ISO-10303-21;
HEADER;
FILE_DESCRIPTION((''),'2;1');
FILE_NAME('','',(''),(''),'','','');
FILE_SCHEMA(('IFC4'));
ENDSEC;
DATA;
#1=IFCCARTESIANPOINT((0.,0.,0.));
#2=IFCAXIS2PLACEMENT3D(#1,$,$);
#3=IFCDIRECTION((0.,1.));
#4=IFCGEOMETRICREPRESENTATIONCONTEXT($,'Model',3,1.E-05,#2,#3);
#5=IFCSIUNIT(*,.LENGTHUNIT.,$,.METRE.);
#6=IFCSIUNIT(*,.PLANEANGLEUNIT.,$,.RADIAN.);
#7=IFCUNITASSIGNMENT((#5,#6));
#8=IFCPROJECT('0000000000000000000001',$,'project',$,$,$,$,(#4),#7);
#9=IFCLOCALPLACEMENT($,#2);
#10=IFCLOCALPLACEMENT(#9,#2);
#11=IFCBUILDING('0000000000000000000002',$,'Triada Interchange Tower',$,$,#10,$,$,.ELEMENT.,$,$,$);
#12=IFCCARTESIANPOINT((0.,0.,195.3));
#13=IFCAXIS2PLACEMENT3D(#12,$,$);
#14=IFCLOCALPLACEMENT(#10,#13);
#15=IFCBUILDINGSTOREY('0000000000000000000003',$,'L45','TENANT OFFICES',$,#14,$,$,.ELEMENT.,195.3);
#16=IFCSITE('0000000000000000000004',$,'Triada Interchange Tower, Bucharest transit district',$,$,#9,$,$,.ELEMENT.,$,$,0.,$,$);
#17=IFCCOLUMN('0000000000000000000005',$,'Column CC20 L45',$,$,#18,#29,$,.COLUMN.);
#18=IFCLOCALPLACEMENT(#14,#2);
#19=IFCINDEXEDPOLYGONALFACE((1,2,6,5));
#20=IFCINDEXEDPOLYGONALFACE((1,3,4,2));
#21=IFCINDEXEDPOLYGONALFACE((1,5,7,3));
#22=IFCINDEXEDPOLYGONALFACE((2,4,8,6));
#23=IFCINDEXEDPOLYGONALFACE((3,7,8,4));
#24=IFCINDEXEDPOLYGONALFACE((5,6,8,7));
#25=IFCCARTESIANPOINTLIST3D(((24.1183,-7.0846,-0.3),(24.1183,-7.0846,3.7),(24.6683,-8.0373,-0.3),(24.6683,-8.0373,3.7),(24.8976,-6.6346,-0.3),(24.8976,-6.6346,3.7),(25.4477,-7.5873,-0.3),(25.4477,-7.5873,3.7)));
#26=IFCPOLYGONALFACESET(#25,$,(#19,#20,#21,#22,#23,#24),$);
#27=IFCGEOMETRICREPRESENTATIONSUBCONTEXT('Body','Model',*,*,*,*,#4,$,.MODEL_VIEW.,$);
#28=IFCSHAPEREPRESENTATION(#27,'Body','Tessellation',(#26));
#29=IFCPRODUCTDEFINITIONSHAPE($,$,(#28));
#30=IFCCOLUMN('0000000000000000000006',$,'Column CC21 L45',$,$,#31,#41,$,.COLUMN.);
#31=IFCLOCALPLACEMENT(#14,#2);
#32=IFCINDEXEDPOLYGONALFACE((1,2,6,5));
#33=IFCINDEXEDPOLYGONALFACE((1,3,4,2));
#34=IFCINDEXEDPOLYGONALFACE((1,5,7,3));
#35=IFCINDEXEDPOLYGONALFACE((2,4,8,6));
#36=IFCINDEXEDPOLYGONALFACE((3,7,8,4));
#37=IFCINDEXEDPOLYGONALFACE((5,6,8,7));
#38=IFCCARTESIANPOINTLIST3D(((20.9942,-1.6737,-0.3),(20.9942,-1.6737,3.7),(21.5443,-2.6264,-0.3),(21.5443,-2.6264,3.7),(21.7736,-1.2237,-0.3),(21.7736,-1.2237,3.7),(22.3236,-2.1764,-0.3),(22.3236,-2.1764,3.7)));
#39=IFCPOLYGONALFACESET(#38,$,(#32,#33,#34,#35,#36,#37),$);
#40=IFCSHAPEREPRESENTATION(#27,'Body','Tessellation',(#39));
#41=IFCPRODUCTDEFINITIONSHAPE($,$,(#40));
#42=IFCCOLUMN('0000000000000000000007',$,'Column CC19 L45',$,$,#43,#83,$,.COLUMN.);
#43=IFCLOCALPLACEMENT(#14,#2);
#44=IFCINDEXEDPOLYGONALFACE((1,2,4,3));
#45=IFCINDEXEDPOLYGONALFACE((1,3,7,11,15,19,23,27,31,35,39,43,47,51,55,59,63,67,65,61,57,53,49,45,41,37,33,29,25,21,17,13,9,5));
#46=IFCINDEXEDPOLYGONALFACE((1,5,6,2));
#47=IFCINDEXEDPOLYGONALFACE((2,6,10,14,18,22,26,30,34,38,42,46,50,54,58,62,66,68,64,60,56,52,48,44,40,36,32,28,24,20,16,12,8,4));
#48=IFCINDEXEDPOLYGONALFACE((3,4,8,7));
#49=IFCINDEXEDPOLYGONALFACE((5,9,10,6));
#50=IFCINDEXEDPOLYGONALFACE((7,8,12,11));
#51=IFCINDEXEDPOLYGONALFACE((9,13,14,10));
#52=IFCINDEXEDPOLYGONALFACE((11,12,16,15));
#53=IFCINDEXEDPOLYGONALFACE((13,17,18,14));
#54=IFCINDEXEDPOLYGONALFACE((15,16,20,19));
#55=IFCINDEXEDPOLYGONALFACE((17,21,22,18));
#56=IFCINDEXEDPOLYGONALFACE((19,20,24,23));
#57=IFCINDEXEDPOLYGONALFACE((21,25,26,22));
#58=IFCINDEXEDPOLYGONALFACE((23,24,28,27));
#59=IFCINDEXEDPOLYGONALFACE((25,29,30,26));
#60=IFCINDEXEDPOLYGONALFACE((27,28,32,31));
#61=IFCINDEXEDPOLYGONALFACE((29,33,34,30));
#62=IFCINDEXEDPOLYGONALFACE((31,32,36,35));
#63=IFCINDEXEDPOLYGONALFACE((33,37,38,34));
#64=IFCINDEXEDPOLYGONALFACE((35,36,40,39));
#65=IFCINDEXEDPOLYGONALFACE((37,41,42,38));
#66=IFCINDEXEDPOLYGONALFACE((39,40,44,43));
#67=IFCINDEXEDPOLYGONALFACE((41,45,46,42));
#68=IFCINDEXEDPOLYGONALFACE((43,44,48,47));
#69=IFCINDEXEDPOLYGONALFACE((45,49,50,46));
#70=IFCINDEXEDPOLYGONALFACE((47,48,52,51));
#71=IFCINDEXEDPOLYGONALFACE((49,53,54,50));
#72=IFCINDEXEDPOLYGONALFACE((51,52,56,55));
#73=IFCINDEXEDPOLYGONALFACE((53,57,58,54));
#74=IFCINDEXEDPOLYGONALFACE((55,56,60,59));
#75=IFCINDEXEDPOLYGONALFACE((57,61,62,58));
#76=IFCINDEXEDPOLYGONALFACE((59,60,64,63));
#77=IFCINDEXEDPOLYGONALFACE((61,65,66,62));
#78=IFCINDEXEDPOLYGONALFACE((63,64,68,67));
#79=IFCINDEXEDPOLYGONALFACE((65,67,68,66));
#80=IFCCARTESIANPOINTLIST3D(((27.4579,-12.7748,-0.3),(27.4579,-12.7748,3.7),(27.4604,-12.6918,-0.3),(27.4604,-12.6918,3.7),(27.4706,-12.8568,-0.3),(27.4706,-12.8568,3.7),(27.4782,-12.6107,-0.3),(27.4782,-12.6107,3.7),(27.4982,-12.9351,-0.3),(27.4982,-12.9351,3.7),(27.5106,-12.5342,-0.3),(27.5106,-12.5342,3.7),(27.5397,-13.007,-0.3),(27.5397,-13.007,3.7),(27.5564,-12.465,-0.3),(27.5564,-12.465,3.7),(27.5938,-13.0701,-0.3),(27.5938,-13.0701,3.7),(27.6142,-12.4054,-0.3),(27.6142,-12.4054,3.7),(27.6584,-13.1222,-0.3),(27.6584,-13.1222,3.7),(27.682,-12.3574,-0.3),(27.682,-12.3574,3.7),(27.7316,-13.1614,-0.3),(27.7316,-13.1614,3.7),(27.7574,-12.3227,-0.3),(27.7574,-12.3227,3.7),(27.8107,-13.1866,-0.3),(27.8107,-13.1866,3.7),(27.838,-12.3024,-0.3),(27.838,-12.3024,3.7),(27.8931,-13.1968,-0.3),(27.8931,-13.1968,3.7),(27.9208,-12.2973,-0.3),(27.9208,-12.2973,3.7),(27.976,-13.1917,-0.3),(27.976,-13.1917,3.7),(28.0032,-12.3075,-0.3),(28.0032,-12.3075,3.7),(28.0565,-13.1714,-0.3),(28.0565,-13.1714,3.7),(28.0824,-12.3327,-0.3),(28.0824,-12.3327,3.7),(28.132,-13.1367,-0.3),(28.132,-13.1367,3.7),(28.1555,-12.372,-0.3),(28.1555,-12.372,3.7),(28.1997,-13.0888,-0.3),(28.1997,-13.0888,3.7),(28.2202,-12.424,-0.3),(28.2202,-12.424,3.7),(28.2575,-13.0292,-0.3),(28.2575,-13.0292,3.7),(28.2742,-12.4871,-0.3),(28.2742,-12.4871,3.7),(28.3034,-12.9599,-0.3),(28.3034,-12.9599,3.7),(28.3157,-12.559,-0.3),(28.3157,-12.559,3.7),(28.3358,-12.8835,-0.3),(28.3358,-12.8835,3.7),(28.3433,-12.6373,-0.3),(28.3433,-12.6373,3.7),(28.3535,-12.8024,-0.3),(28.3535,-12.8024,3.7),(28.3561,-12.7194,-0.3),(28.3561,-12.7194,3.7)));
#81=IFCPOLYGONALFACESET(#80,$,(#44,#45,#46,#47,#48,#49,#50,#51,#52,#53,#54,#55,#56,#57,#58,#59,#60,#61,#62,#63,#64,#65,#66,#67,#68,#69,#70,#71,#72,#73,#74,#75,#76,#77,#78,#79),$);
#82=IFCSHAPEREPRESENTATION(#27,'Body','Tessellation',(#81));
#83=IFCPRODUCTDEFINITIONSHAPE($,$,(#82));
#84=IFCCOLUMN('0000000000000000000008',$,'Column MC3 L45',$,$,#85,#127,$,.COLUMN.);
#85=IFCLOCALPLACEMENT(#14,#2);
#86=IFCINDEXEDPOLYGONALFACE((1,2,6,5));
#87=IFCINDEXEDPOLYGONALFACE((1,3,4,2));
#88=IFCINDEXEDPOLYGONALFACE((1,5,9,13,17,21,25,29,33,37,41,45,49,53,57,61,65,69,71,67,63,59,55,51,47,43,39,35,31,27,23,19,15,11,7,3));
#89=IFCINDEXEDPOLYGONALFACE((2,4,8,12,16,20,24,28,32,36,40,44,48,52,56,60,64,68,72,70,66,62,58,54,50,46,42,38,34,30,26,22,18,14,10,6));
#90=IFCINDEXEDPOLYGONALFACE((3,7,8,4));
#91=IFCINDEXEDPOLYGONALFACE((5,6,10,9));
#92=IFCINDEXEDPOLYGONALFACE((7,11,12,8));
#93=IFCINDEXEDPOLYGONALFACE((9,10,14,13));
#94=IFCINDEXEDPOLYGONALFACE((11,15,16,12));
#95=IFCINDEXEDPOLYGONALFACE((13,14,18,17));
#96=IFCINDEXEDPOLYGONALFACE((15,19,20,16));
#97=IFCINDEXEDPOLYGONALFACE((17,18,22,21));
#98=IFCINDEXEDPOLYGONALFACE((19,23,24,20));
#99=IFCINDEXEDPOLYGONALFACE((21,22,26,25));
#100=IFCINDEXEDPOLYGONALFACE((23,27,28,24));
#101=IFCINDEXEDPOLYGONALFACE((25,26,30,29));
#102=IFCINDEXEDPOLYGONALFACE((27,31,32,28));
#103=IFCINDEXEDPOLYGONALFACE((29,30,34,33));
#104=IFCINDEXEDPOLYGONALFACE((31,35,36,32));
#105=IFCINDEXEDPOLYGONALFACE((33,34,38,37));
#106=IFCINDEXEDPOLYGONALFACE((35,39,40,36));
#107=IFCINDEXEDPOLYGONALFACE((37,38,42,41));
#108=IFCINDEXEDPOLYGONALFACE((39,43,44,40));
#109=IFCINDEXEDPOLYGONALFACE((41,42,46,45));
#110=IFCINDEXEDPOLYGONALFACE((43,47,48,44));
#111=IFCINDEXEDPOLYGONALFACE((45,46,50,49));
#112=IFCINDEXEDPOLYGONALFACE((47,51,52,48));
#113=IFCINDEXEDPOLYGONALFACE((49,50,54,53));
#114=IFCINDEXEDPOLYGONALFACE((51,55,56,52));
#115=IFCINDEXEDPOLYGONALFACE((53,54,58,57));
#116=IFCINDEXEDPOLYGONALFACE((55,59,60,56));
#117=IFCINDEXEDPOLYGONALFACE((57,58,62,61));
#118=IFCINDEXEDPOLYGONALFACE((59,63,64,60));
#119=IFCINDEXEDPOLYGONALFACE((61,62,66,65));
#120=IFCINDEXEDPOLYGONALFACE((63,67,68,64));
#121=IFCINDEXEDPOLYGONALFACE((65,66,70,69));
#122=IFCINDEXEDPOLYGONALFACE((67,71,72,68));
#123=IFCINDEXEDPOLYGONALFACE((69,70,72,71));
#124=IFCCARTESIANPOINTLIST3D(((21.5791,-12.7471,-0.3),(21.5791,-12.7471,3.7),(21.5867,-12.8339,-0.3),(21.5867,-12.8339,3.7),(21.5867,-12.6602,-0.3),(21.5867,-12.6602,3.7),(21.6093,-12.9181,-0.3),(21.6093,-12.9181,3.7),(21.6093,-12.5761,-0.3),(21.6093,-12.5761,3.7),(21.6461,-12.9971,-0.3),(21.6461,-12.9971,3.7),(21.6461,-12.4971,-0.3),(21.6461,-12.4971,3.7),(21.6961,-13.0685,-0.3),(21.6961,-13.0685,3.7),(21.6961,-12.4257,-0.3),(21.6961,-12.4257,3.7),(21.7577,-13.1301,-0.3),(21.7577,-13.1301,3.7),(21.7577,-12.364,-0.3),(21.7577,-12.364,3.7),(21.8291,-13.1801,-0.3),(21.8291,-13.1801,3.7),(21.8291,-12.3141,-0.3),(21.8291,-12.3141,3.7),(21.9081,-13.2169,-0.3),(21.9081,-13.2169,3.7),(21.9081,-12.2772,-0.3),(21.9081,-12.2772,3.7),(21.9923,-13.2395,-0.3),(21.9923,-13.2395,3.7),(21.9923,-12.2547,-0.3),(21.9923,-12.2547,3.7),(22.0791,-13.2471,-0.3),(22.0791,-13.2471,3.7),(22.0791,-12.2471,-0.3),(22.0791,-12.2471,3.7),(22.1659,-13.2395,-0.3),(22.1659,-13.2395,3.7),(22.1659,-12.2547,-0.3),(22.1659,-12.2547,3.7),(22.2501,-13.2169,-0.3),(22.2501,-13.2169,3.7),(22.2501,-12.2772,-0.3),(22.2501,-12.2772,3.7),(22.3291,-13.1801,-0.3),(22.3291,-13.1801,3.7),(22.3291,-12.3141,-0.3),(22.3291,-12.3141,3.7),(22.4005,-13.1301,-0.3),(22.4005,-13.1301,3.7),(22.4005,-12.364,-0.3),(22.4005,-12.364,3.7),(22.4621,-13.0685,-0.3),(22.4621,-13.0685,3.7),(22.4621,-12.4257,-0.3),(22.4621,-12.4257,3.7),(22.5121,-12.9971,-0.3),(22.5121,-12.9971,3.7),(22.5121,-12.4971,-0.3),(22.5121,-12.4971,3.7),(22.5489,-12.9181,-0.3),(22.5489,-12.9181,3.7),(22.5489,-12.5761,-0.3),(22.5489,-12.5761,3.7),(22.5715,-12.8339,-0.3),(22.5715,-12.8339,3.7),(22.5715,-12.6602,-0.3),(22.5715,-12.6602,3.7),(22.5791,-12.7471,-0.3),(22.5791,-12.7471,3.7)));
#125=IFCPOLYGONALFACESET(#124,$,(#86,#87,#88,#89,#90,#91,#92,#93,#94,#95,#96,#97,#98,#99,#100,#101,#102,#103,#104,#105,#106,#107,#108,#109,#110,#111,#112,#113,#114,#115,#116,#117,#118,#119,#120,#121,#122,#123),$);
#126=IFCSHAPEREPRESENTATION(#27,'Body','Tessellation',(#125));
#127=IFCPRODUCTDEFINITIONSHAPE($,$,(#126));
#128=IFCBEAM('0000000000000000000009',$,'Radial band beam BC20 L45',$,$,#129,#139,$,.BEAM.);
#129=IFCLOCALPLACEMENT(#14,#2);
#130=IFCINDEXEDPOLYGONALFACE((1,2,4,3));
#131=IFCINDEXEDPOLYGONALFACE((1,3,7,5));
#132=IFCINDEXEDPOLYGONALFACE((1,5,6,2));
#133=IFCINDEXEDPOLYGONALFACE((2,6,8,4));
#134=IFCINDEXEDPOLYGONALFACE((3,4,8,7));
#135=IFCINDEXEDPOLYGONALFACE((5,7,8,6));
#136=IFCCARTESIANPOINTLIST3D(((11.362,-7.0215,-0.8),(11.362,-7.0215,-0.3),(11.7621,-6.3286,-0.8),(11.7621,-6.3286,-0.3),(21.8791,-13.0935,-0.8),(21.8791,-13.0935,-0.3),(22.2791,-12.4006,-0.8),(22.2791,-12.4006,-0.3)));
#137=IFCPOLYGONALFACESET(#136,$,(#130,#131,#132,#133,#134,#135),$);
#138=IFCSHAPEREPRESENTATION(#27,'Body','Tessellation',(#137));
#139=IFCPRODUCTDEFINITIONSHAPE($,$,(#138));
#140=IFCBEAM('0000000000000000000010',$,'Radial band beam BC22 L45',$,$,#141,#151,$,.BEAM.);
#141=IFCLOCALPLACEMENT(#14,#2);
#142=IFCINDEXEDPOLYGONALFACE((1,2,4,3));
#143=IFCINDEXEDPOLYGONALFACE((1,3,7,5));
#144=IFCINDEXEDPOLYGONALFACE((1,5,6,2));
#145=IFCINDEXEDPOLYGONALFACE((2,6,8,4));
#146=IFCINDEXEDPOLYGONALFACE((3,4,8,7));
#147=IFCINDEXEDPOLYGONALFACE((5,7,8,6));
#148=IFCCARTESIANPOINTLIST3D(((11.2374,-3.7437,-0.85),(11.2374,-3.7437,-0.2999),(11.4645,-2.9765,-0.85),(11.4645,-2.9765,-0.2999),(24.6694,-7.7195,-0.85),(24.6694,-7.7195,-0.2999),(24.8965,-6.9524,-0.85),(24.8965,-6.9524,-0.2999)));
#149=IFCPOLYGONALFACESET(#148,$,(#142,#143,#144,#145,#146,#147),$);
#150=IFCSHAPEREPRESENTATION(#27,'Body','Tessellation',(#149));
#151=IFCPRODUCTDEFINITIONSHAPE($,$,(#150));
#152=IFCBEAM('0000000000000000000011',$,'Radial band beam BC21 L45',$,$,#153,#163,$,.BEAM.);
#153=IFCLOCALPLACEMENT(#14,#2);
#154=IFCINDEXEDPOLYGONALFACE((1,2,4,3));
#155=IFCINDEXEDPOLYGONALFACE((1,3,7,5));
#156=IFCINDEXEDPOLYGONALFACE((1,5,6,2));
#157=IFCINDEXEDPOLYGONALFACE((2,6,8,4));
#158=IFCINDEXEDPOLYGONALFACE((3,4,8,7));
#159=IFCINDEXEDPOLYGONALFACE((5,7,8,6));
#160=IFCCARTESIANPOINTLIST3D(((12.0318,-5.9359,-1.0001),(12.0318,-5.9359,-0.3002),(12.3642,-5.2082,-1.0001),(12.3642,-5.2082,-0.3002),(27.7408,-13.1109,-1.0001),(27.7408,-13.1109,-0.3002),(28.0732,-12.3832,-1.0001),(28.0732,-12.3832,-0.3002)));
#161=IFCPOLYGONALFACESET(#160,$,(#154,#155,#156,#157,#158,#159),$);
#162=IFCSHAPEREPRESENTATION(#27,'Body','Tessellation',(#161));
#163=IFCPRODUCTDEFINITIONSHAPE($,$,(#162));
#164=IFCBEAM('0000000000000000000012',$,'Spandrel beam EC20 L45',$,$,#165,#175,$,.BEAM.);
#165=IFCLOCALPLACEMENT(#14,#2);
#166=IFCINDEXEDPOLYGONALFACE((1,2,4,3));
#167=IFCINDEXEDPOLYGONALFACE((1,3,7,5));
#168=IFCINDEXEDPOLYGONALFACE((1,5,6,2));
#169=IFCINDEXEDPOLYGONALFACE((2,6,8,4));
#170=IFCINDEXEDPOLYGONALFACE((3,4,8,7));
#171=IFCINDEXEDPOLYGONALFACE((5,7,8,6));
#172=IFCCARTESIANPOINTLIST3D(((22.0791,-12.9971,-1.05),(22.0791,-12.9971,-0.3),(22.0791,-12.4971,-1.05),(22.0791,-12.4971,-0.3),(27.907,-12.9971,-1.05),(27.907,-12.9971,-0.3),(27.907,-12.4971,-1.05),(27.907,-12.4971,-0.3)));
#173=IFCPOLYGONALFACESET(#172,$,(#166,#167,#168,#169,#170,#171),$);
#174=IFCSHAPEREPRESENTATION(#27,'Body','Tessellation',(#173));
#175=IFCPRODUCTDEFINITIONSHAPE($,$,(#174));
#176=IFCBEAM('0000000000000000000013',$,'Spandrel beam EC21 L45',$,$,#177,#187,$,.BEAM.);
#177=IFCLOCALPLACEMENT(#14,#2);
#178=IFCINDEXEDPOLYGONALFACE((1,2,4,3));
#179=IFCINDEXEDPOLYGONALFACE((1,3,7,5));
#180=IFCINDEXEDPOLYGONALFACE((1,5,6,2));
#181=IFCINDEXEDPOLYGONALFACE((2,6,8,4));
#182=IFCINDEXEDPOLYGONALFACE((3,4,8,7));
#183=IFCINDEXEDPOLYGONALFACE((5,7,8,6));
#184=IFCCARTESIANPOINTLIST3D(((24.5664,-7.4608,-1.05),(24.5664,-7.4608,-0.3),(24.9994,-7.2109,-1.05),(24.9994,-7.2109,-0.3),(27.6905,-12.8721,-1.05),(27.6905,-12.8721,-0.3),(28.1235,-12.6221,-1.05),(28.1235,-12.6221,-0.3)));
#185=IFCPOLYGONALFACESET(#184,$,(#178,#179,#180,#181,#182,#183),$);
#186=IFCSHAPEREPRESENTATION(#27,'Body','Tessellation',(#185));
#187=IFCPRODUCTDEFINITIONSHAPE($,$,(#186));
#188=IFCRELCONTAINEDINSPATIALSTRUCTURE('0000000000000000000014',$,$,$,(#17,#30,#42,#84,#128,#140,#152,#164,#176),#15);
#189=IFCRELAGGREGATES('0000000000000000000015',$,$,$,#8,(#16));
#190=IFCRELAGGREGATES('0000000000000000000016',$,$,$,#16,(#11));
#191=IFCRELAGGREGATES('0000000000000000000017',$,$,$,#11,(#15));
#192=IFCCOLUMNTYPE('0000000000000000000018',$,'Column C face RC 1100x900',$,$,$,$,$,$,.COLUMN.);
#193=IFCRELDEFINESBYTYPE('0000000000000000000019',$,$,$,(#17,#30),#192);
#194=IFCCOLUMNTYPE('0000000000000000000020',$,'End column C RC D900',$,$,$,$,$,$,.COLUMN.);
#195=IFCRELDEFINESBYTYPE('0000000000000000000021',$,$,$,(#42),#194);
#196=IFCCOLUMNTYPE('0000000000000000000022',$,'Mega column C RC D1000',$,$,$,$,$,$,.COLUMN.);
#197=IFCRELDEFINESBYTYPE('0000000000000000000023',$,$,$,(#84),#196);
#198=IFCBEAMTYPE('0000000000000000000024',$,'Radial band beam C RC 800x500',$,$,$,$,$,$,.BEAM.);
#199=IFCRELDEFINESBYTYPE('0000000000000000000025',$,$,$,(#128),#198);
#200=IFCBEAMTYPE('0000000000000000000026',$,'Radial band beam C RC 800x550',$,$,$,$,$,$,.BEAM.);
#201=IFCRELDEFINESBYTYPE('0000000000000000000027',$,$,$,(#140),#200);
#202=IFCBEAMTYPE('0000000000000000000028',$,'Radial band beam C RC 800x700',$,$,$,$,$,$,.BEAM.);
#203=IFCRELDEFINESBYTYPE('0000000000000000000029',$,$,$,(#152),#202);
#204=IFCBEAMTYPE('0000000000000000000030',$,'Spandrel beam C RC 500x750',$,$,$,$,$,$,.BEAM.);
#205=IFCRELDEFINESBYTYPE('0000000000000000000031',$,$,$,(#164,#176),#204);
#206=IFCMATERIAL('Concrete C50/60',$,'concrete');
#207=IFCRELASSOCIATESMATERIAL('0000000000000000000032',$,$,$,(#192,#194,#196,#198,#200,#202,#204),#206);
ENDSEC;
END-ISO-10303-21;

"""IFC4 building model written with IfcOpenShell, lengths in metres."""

from ifc_helpers import new_model, si_unit, direction, frame, origin, origin_2d, place, context, subcontext, project, spatial, rectangle, circle, extrude, material, material_profile, profile_set, type_object, element, save


model = new_model("IFC4")

# Units and contexts
model_context = context("Model", 3, precision=1e-05, world=origin(), true_north=direction((0.0, 1.0)))
body_context = subcontext(model_context, "Body", "Model", "MODEL_VIEW")
ifc_project = project(units=[si_unit("LENGTHUNIT", "METRE"), si_unit("PLANEANGLEUNIT", "RADIAN")], contexts=[model_context])

# Site, building, storey
site_placement = place(None, origin())
site = spatial("IfcSite", under=ifc_project, at=site_placement, Name="Triada Interchange Tower, Bucharest transit district", CompositionType="ELEMENT", RefElevation=0.0)
building_placement = place(site_placement, origin())
building = spatial("IfcBuilding", under=site, at=building_placement, Name="Triada Interchange Tower", CompositionType="ELEMENT")
storey_placement = place(building_placement, frame((0.0, 0.0, 195.3)))
storey = spatial("IfcBuildingStorey", under=building, at=storey_placement, Name="L45", Description="TENANT OFFICES", CompositionType="ELEMENT", Elevation=195.3)

# Columns
ifc_material_1 = material(Name="Concrete C50/60", Category="concrete")
ifc_material_profile_1 = material_profile(ifc_material_1, rectangle(XDim=1.1001, YDim=0.8999, at=origin_2d()), Name="RC 1100x900")
ifc_profile_set_1 = profile_set([ifc_material_profile_1], Name="Concrete C50/60")
column_type_1 = type_object("IfcColumnType", Name="Column C face RC 1100x900", PredefinedType="COLUMN", material=ifc_profile_set_1)
for number, where, z_axis, x_axis, name in (
    (1, (24.783, -7.3359, -0.3), (0.0, 0.0, 1.0), (-0.5, 0.866025, 0.0), "Column CC20 L45"),
    (2, (21.6589, -1.925, -0.3), (0.0, 0.0, 1.0), (-0.5, 0.866025, 0.0), "Column CC21 L45"),
):
    element("IfcColumn", number, at=place(storey_placement, frame(where, z_axis=z_axis, x_axis=x_axis)), inside=storey, type_object=column_type_1, Name=name, PredefinedType="COLUMN", context=body_context, shape_type="SweptSolid", body=[
        extrude(rectangle(XDim=1.1001, YDim=0.8999, at=origin_2d()), origin(), (0.0, 0.0, 1.0), 4.0),
    ])
ifc_material_profile_2 = material_profile(ifc_material_1, circle(Radius=0.45, at=origin_2d()), Name="RC D900")
ifc_profile_set_2 = profile_set([ifc_material_profile_2], Name="Concrete C50/60")
column_type_2 = type_object("IfcColumnType", Name="End column C RC D900", PredefinedType="COLUMN", material=ifc_profile_set_2)
column_1_placement = place(storey_placement, frame((27.907, -12.7471, -0.3), z_axis=(0.0, 0.0, 1.0), x_axis=(-0.5, 0.866025, 0.0)))
element("IfcColumn", 3, at=column_1_placement, inside=storey, type_object=column_type_2, Name="Column CC19 L45", PredefinedType="COLUMN", context=body_context, shape_type="SweptSolid", body=[
    extrude(circle(Radius=0.45, at=origin_2d()), origin(), (0.0, 0.0, 1.0), 4.0),
])
ifc_material_profile_3 = material_profile(ifc_material_1, circle(Radius=0.5, at=origin_2d()), Name="RC D1000")
ifc_profile_set_3 = profile_set([ifc_material_profile_3], Name="Concrete C50/60")
column_type_3 = type_object("IfcColumnType", Name="Mega column C RC D1000", PredefinedType="COLUMN", material=ifc_profile_set_3)
column_2_placement = place(storey_placement, frame((22.0791, -12.7471, -0.3), z_axis=(0.0, 0.0, 1.0), x_axis=(1.0, 0.0, 0.0)))
element("IfcColumn", 4, at=column_2_placement, inside=storey, type_object=column_type_3, Name="Column MC3 L45", PredefinedType="COLUMN", context=body_context, shape_type="SweptSolid", body=[
    extrude(circle(Radius=0.5, at=origin_2d()), origin(), (0.0, 0.0, 1.0), 4.0),
])

# Beams
ifc_material_profile_4 = material_profile(ifc_material_1, rectangle(XDim=0.8, YDim=0.5, at=origin_2d()), Name="RC 800x500")
ifc_profile_set_4 = profile_set([ifc_material_profile_4], Name="Concrete C50/60")
beam_type_1 = type_object("IfcBeamType", Name="Radial band beam C RC 800x500", PredefinedType="BEAM", material=ifc_profile_set_4)
beam_1_placement = place(storey_placement, frame((22.0791, -12.7471, -0.55), z_axis=(-0.866026, 0.499999, 0.0), x_axis=(-0.499999, -0.866026, 0.0)))
element("IfcBeam", 5, at=beam_1_placement, inside=storey, type_object=beam_type_1, Name="Radial band beam BC20 L45", PredefinedType="BEAM", context=body_context, shape_type="SweptSolid", body=[
    extrude(rectangle(XDim=0.8, YDim=0.5, at=origin_2d()), origin(), (0.0, 0.0, 1.0), 12.144),
])
ifc_material_profile_5 = material_profile(ifc_material_1, rectangle(XDim=0.8, YDim=0.55, at=origin_2d()), Name="RC 800x550")
ifc_profile_set_5 = profile_set([ifc_material_profile_5], Name="Concrete C50/60")
beam_type_2 = type_object("IfcBeamType", Name="Radial band beam C RC 800x550", PredefinedType="BEAM", material=ifc_profile_set_5)
beam_2_placement = place(storey_placement, frame((24.783, -7.3359, -0.575), z_axis=(-0.958876, 0.283827, 0.0), x_axis=(-0.283827, -0.958876, 0.0)))
element("IfcBeam", 6, at=beam_2_placement, inside=storey, type_object=beam_type_2, Name="Radial band beam BC22 L45", PredefinedType="BEAM", context=body_context, shape_type="SweptSolid", body=[
    extrude(rectangle(XDim=0.8, YDim=0.55, at=origin_2d()), origin(), (0.0, 0.0, 1.0), 14.0081),
])
ifc_material_profile_6 = material_profile(ifc_material_1, rectangle(XDim=0.8, YDim=0.7, at=origin_2d()), Name="RC 800x700")
ifc_profile_set_6 = profile_set([ifc_material_profile_6], Name="Concrete C50/60")
beam_type_3 = type_object("IfcBeamType", Name="Radial band beam C RC 800x700", PredefinedType="BEAM", material=ifc_profile_set_6)
beam_3_placement = place(storey_placement, frame((27.907, -12.7471, -0.6501), z_axis=(-0.90961, 0.415463, 0.0), x_axis=(-0.415463, -0.90961, 0.0)))
element("IfcBeam", 7, at=beam_3_placement, inside=storey, type_object=beam_type_3, Name="Radial band beam BC21 L45", PredefinedType="BEAM", context=body_context, shape_type="SweptSolid", body=[
    extrude(rectangle(XDim=0.8, YDim=0.7, at=origin_2d()), origin(), (0.0, 0.0, 1.0), 17.27),
])
ifc_material_profile_7 = material_profile(ifc_material_1, rectangle(XDim=0.5, YDim=0.75, at=origin_2d()), Name="RC 500x750")
ifc_profile_set_7 = profile_set([ifc_material_profile_7], Name="Concrete C50/60")
beam_type_4 = type_object("IfcBeamType", Name="Spandrel beam C RC 500x750", PredefinedType="BEAM", material=ifc_profile_set_7)
beam_4_placement = place(storey_placement, frame((22.0791, -12.7471, -0.675), z_axis=(1.0, 0.0, 0.0), x_axis=(0.0, 1.0, 0.0)))
element("IfcBeam", 8, at=beam_4_placement, inside=storey, type_object=beam_type_4, Name="Spandrel beam EC20 L45", PredefinedType="BEAM", context=body_context, shape_type="SweptSolid", body=[
    extrude(rectangle(XDim=0.5, YDim=0.75, at=origin_2d()), origin(), (0.0, 0.0, 1.0), 5.8279),
])
beam_5_placement = place(storey_placement, frame((27.907, -12.7471, -0.675), z_axis=(-0.499989, 0.866032, 0.0), x_axis=(-0.866032, -0.499989, 0.0)))
element("IfcBeam", 9, at=beam_5_placement, inside=storey, type_object=beam_type_4, Name="Spandrel beam EC21 L45", PredefinedType="BEAM", context=body_context, shape_type="SweptSolid", body=[
    extrude(rectangle(XDim=0.5, YDim=0.75, at=origin_2d()), origin(), (0.0, 0.0, 1.0), 6.2483),
])

save(model, "model.ifc")
